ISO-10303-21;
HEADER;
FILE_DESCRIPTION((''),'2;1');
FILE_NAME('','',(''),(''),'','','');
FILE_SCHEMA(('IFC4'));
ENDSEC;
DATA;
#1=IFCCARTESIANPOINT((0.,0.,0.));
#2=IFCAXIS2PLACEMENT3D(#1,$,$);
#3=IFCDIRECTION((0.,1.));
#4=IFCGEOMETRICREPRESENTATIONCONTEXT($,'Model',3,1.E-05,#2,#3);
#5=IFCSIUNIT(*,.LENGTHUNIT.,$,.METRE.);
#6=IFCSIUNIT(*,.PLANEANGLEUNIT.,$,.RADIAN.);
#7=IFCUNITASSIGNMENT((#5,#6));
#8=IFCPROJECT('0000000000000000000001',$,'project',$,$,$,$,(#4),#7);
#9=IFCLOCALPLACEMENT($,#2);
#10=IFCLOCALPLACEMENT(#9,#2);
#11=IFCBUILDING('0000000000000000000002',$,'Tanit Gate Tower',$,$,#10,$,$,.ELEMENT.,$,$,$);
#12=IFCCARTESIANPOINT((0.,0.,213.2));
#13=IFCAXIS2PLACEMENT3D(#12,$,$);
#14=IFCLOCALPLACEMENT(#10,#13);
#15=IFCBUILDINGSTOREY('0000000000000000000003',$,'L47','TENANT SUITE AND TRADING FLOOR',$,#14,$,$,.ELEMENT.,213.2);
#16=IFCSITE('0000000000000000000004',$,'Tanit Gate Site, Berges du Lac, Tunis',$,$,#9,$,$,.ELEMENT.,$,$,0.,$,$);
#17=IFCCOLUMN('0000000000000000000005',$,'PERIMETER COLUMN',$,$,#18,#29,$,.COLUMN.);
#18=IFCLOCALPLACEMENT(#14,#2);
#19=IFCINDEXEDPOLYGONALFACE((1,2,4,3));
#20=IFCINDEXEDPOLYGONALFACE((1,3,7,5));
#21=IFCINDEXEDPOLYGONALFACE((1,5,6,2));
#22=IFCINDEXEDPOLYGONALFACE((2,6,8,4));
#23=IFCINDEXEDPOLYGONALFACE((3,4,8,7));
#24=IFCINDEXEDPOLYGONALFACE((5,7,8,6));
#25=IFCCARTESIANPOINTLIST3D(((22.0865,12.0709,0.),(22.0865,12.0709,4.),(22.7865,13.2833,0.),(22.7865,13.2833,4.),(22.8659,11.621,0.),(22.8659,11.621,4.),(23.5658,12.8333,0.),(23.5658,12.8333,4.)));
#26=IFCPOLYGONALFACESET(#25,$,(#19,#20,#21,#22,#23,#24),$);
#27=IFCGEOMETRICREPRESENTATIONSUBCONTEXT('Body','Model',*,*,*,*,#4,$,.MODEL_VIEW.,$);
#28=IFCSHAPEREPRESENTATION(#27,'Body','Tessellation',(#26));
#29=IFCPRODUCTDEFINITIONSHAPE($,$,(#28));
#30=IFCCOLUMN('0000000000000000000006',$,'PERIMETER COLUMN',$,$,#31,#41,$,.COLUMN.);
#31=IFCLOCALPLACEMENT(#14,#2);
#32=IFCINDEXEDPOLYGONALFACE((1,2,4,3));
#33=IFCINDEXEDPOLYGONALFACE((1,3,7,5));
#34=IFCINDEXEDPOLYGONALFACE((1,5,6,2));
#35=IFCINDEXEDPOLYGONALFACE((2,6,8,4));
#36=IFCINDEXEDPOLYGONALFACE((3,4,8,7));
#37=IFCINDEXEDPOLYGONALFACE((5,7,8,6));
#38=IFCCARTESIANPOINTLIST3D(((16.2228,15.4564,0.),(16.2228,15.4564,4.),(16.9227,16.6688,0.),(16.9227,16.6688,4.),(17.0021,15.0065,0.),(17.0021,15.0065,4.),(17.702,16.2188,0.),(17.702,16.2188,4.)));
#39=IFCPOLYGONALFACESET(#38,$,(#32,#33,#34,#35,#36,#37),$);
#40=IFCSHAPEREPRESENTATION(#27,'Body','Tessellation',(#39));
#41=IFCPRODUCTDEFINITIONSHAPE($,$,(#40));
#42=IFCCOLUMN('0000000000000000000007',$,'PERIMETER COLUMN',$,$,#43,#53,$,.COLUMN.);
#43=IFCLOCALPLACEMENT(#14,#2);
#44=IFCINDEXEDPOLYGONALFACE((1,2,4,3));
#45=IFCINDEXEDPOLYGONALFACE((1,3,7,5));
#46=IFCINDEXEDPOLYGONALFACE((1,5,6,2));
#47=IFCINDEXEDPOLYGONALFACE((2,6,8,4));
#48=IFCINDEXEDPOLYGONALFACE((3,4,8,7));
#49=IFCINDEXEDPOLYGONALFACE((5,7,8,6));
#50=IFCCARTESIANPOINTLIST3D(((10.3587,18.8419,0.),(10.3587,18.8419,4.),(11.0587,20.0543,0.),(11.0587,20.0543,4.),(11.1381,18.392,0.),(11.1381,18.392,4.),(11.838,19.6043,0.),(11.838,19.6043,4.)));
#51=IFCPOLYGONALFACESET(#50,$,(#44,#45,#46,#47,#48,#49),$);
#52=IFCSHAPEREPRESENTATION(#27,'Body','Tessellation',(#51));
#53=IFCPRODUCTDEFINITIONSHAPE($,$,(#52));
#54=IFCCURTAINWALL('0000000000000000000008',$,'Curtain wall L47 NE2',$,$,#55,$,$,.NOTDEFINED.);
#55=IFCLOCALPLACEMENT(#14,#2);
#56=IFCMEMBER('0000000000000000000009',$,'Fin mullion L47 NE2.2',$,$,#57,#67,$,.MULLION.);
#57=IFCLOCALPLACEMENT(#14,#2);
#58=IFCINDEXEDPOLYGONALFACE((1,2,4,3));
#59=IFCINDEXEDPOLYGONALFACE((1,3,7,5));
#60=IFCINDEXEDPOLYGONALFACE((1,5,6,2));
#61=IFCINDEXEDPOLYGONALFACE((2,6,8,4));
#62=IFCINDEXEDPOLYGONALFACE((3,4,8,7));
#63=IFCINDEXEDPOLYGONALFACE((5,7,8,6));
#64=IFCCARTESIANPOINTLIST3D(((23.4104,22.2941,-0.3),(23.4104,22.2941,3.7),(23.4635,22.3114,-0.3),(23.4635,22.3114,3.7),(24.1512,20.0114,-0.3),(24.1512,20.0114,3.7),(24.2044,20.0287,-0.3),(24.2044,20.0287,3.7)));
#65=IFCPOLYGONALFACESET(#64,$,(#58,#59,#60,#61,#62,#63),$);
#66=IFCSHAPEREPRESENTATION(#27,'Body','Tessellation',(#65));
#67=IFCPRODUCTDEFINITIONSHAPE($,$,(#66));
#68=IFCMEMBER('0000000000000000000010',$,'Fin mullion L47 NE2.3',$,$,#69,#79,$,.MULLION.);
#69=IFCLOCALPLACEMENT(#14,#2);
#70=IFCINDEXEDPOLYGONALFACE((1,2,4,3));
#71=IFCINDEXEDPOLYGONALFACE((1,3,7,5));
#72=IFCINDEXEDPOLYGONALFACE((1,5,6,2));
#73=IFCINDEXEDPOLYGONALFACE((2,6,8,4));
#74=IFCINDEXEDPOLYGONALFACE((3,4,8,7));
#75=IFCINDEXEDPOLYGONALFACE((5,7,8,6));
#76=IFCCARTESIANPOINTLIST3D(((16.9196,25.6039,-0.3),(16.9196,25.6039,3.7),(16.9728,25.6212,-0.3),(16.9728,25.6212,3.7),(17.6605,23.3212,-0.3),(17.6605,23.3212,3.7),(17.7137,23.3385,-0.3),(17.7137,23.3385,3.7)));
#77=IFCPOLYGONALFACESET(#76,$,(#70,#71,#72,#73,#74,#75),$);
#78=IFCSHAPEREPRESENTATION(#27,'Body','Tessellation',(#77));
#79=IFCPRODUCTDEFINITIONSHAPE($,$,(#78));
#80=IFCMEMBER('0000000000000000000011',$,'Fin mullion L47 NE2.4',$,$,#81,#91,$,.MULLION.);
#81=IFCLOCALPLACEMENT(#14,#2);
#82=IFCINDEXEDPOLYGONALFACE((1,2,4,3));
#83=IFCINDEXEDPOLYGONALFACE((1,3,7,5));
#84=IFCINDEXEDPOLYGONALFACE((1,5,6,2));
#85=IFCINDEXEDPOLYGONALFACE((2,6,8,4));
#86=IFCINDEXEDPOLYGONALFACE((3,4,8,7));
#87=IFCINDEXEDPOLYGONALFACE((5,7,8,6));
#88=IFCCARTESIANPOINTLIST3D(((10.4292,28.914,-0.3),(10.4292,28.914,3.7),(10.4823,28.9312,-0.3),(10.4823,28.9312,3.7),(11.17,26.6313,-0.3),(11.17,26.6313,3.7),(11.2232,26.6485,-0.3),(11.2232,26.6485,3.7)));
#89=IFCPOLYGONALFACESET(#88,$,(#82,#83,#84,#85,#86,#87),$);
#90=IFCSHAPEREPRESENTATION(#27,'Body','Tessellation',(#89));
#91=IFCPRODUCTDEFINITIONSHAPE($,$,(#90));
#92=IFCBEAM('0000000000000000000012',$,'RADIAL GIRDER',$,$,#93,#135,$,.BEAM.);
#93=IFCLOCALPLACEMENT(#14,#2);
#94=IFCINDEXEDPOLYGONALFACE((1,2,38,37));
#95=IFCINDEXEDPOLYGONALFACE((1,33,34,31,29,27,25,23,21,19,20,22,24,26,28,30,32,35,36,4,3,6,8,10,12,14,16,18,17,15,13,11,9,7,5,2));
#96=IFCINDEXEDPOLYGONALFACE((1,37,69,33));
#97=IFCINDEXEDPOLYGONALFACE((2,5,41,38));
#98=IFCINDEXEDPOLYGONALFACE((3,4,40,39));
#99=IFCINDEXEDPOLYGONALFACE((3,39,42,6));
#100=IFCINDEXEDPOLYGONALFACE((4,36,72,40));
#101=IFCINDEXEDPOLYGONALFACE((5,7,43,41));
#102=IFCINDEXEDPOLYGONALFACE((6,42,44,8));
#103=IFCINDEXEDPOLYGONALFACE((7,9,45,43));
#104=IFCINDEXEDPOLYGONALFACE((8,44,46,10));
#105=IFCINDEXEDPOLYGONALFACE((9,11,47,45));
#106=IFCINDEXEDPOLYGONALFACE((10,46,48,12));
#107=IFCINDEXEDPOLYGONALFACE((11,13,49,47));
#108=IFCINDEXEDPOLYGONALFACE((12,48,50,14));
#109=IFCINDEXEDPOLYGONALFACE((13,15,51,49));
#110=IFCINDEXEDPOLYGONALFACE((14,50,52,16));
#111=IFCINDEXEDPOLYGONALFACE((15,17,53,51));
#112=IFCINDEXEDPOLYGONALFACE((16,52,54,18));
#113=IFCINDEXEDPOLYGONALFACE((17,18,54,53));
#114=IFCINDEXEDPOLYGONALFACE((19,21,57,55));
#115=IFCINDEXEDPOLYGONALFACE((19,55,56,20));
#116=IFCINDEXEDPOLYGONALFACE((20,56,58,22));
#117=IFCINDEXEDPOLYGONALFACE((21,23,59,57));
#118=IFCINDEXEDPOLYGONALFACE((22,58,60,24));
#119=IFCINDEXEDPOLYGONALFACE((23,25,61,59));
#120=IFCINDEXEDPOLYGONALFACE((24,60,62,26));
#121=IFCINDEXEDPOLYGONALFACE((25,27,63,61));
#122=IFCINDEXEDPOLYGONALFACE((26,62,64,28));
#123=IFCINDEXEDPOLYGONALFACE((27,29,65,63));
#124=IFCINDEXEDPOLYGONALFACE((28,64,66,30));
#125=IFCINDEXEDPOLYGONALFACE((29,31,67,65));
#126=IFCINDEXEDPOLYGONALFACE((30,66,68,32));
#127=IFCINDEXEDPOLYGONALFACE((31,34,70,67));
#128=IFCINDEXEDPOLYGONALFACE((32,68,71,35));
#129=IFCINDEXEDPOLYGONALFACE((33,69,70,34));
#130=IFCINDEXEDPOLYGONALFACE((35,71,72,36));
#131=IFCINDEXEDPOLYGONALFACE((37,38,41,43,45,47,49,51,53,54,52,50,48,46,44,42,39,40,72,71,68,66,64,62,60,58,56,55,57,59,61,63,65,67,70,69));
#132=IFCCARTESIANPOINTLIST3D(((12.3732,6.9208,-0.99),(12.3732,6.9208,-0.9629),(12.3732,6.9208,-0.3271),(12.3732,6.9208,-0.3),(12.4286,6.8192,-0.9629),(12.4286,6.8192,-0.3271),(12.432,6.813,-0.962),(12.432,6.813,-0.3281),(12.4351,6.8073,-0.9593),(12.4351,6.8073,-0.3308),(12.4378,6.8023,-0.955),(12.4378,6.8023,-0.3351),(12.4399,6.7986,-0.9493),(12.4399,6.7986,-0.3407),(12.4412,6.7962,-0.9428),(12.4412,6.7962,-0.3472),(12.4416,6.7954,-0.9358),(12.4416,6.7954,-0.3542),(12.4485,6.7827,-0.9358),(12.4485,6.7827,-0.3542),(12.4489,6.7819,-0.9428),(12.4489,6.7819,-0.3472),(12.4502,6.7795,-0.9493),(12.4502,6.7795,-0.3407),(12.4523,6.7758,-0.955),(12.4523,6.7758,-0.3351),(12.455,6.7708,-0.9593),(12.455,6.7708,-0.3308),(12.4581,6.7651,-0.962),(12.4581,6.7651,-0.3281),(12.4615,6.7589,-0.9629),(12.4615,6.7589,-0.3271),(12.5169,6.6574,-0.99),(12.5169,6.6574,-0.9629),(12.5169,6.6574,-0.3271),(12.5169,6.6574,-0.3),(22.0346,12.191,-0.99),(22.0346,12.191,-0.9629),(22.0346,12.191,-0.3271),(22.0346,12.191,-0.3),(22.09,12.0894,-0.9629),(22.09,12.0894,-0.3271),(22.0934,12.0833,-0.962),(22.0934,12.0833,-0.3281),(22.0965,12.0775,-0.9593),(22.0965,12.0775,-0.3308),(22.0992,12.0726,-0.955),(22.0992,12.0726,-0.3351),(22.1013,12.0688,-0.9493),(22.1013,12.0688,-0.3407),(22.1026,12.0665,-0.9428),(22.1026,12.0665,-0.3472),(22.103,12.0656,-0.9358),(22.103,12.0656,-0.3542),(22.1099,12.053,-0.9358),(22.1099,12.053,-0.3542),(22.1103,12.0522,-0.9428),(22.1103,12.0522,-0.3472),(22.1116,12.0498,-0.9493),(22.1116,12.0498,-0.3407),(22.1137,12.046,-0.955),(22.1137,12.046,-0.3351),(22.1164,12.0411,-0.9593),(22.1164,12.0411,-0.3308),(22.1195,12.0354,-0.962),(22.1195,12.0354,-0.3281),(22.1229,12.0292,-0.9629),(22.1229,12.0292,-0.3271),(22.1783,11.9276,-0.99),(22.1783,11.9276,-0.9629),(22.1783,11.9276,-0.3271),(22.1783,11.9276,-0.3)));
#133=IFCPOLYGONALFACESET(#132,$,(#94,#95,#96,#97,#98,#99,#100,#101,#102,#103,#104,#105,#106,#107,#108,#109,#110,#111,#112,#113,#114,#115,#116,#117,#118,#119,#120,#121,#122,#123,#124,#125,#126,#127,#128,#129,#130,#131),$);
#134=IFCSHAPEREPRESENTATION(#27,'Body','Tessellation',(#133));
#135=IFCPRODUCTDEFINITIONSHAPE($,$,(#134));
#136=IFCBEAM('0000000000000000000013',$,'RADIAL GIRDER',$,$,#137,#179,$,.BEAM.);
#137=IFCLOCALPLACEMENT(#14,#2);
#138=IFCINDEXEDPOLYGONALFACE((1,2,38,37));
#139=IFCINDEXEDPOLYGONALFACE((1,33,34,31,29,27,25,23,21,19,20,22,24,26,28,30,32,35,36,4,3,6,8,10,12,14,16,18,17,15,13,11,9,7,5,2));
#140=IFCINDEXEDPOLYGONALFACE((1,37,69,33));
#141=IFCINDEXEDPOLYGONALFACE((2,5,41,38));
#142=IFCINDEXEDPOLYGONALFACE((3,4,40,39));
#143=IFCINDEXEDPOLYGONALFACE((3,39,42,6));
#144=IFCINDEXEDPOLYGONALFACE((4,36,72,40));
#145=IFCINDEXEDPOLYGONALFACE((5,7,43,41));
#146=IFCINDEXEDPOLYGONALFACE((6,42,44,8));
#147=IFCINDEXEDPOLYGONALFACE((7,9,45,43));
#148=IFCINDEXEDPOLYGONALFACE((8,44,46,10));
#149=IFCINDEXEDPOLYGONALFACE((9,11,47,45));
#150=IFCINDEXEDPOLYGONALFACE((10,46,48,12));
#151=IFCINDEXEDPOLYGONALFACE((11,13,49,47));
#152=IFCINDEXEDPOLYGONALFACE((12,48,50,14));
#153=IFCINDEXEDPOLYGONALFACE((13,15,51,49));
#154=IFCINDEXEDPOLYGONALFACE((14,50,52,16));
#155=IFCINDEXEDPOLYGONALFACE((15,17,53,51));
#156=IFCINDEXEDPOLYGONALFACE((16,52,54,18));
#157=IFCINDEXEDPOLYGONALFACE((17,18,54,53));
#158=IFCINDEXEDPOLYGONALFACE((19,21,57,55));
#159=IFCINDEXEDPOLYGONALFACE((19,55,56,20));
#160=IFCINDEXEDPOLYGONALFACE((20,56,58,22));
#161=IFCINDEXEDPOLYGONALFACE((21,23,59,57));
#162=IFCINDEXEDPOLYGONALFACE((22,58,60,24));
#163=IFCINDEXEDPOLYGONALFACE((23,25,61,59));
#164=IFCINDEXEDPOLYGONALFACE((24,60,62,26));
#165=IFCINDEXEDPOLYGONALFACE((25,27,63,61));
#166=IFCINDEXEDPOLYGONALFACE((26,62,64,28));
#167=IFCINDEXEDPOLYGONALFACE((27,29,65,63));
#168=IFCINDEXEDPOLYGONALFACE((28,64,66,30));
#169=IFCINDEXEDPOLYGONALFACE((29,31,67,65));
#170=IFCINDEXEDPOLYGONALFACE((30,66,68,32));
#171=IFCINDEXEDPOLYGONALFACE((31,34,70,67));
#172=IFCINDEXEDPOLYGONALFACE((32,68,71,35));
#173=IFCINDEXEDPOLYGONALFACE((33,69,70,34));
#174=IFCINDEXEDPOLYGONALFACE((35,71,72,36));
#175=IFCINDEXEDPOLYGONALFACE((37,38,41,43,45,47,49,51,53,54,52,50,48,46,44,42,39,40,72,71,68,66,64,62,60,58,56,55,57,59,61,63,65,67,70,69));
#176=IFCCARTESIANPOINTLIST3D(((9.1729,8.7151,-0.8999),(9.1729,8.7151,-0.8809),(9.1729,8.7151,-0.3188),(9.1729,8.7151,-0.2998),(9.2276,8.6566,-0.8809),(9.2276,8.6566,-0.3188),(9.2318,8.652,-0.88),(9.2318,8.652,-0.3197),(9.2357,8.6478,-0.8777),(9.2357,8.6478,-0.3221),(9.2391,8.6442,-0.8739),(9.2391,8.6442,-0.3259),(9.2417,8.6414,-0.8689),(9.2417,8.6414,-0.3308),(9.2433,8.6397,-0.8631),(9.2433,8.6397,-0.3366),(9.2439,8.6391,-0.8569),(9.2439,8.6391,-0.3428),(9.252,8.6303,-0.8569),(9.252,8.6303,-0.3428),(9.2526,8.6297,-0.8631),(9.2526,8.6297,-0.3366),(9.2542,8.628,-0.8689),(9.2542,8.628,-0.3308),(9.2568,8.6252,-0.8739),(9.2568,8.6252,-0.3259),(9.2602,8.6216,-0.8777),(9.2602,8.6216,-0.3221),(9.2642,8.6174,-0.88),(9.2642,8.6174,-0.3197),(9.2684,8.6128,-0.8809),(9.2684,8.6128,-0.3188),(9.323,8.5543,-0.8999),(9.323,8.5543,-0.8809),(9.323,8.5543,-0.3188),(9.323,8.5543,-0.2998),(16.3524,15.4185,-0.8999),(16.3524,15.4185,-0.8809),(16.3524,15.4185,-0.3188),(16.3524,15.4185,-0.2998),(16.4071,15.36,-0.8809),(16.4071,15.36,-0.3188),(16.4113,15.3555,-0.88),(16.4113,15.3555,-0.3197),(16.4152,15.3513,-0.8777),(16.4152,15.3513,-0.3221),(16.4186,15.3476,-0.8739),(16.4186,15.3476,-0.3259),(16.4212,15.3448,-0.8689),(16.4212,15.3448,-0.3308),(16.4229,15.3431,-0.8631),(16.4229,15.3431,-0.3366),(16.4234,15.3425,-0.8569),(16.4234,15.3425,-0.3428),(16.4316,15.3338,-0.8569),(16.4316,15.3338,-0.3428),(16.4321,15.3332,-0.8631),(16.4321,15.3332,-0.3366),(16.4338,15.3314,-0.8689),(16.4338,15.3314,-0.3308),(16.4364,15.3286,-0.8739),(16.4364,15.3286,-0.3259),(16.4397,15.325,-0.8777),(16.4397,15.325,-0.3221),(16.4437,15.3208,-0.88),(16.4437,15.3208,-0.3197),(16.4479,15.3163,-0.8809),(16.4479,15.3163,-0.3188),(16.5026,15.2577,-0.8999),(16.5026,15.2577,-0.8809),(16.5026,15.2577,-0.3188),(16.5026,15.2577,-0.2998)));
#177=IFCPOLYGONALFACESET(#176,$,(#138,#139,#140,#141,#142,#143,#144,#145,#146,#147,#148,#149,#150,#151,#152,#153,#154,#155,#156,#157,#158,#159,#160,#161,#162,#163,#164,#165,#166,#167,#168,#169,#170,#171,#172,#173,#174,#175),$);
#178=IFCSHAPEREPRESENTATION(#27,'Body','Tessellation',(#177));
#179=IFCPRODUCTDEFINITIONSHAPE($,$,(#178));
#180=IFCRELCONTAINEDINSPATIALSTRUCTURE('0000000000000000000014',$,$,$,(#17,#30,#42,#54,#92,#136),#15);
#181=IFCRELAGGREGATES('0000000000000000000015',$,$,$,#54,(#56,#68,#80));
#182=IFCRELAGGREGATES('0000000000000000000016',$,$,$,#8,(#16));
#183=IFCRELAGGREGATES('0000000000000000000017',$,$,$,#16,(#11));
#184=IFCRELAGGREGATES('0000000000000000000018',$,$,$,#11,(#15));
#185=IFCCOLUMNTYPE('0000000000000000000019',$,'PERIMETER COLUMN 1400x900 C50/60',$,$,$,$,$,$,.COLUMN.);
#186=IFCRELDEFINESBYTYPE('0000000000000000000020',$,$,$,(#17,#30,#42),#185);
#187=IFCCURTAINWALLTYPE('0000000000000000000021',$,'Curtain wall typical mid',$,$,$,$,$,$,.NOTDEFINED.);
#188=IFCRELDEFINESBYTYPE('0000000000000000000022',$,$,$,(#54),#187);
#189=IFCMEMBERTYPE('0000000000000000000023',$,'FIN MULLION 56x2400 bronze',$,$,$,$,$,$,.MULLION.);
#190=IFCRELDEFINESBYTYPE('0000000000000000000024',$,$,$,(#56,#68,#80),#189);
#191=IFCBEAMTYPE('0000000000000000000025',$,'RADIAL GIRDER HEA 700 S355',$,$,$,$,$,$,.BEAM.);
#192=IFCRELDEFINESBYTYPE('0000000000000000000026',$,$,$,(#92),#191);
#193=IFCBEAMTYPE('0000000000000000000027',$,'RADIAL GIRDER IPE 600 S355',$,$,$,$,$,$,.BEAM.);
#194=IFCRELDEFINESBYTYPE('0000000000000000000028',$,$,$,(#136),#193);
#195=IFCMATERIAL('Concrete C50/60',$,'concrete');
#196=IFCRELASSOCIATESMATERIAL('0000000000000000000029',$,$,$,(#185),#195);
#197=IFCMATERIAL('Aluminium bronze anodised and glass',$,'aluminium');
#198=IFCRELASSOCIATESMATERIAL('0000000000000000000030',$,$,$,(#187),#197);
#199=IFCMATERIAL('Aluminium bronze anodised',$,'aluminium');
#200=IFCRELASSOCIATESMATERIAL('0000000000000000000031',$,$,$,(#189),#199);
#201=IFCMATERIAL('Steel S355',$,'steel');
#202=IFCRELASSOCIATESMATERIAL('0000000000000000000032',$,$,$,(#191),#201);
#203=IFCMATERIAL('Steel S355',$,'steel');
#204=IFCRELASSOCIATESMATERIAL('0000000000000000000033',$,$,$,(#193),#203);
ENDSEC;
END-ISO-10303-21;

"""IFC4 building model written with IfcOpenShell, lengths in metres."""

from ifc_helpers import new_model, si_unit, direction, frame, origin, origin_2d, place, context, subcontext, project, spatial, rectangle, i_section, extrude, material, material_profile, profile_set, type_object, element, aggregate, save


model = new_model("IFC4")

# Units and contexts
model_context = context("Model", 3, precision=1e-05, world=origin(), true_north=direction((0.0, 1.0)))
body_context = subcontext(model_context, "Body", "Model", "MODEL_VIEW")
ifc_project = project(units=[si_unit("LENGTHUNIT", "METRE"), si_unit("PLANEANGLEUNIT", "RADIAN")], contexts=[model_context])

# Site, building, storey
site_placement = place(None, origin())
site = spatial("IfcSite", under=ifc_project, at=site_placement, Name="Tanit Gate Site, Berges du Lac, Tunis", CompositionType="ELEMENT", RefElevation=0.0)
building_placement = place(site_placement, origin())
building = spatial("IfcBuilding", under=site, at=building_placement, Name="Tanit Gate Tower", CompositionType="ELEMENT")
storey_placement = place(building_placement, frame((0.0, 0.0, 213.2)))
storey = spatial("IfcBuildingStorey", under=building, at=storey_placement, Name="L47", Description="TENANT SUITE AND TRADING FLOOR", CompositionType="ELEMENT", Elevation=213.2)

# Columns
ifc_material_1 = material(Name="Concrete C50/60", Category="concrete")
ifc_material_profile_1 = material_profile(ifc_material_1, rectangle(XDim=1.3999, YDim=0.8999, at=origin_2d()), Name="RC 1400x900")
ifc_profile_set_1 = profile_set([ifc_material_profile_1], Name="Concrete C50/60")
column_type = type_object("IfcColumnType", Name="PERIMETER COLUMN 1400x900 C50/60", PredefinedType="COLUMN", material=ifc_profile_set_1)
for number, where, z_axis, x_axis, name in (
    (1, (22.8262, 12.4521, 0.0), (0.0, 0.0, 1.0), (0.5, 0.866025, 0.0), "PERIMETER COLUMN"),
    (2, (16.9624, 15.8376, 0.0), (0.0, 0.0, 1.0), (0.5, 0.866025, 0.0), "PERIMETER COLUMN"),
    (3, (11.0984, 19.2231, 0.0), (0.0, 0.0, 1.0), (0.5, 0.866025, 0.0), "PERIMETER COLUMN"),
):
    element("IfcColumn", number, at=place(storey_placement, frame(where, z_axis=z_axis, x_axis=x_axis)), inside=storey, type_object=column_type, Name=name, PredefinedType="COLUMN", context=body_context, shape_type="SweptSolid", body=[
        extrude(rectangle(XDim=1.3999, YDim=0.8999, at=origin_2d()), origin(), (0.0, 0.0, 1.0), 4.0),
    ])

# Curtain wall, members
ifc_material_2 = material(Name="Aluminium bronze anodised and glass", Category="aluminium")
curtain_wall_type = type_object("IfcCurtainWallType", Name="Curtain wall typical mid", PredefinedType="NOTDEFINED", material=ifc_material_2)
curtain_wall_placement = place(storey_placement, origin())
curtain_wall = element("IfcCurtainWall", 4, at=curtain_wall_placement, inside=storey, type_object=curtain_wall_type, Name="Curtain wall L47 NE2", PredefinedType="NOTDEFINED")
ifc_material_3 = material(Name="Aluminium bronze anodised", Category="aluminium")
ifc_material_profile_2 = material_profile(ifc_material_3, rectangle(XDim=2.3999, YDim=0.0559, at=origin_2d()), Name="56x2400 bronze fin mullion")
ifc_profile_set_2 = profile_set([ifc_material_profile_2], Name="Aluminium bronze anodised")
member_type_1 = type_object("IfcMemberType", Name="FIN MULLION 56x2400 bronze", PredefinedType="MULLION", material=ifc_profile_set_2)
member_1_placement = place(storey_placement, frame((23.8074, 21.1614, -0.3), z_axis=(0.0, 0.0, 1.0), x_axis=(0.3087, -0.95116, 0.0)))
member_1 = element("IfcMember", 5, at=member_1_placement, type_object=member_type_1, Name="Fin mullion L47 NE2.2", PredefinedType="MULLION", context=body_context, shape_type="SweptSolid", body=[
    extrude(rectangle(XDim=2.3999, YDim=0.0559, at=origin_2d()), origin(), (0.0, 0.0, 1.0), 4.0),
])
member_2_placement = place(storey_placement, frame((17.3167, 24.4712, -0.3), z_axis=(0.0, 0.0, 1.0), x_axis=(0.3087, -0.95116, 0.0)))
member_2 = element("IfcMember", 6, at=member_2_placement, type_object=member_type_1, Name="Fin mullion L47 NE2.3", PredefinedType="MULLION", context=body_context, shape_type="SweptSolid", body=[
    extrude(rectangle(XDim=2.3999, YDim=0.0559, at=origin_2d()), origin(), (0.0, 0.0, 1.0), 4.0),
])
member_3_placement = place(storey_placement, frame((10.8262, 27.7812, -0.3), z_axis=(0.0, 0.0, 1.0), x_axis=(0.3087, -0.95116, 0.0)))
member_3 = element("IfcMember", 7, at=member_3_placement, type_object=member_type_1, Name="Fin mullion L47 NE2.4", PredefinedType="MULLION", context=body_context, shape_type="SweptSolid", body=[
    extrude(rectangle(XDim=2.3999, YDim=0.0559, at=origin_2d()), origin(), (0.0, 0.0, 1.0), 4.0),
])

# Beams
ifc_material_4 = material(Name="Steel S355", Category="steel")
ifc_material_profile_3 = material_profile(ifc_material_4, i_section(OverallWidth=0.3, OverallDepth=0.6899, WebThickness=0.0144, FlangeThickness=0.0271, FilletRadius=0.0271, at=origin_2d()), Name="HEA 700")
ifc_profile_set_3 = profile_set([ifc_material_profile_3], Name="Steel S355")
beam_type_1 = type_object("IfcBeamType", Name="RADIAL GIRDER HEA 700 S355", PredefinedType="BEAM", material=ifc_profile_set_3)
beam_1_placement = place(storey_placement, frame((22.1064, 12.0593, -0.645), z_axis=(-0.877879, -0.478882, 0.0), x_axis=(0.478882, -0.877879, 0.0)))
element("IfcBeam", 8, at=beam_1_placement, inside=storey, type_object=beam_type_1, Name="RADIAL GIRDER", PredefinedType="BEAM", context=body_context, shape_type="SweptSolid", body=[
    extrude(i_section(OverallWidth=0.3, OverallDepth=0.6899, WebThickness=0.0144, FlangeThickness=0.0271, FilletRadius=0.0271, at=origin_2d()), origin(), (0.0, 0.0, 1.0), 11.0054),
])
ifc_material_5 = material(Name="Steel S355", Category="steel")
ifc_material_profile_4 = material_profile(ifc_material_5, i_section(OverallWidth=0.22, OverallDepth=0.6001, WebThickness=0.012, FlangeThickness=0.019, FilletRadius=0.0239, at=origin_2d()), Name="IPE 600")
ifc_profile_set_4 = profile_set([ifc_material_profile_4], Name="Steel S355")
beam_type_2 = type_object("IfcBeamType", Name="RADIAL GIRDER IPE 600 S355", PredefinedType="BEAM", material=ifc_profile_set_4)
beam_2_placement = place(storey_placement, frame((16.4275, 15.3381, -0.5999), z_axis=(-0.730925, -0.682457, 0.0), x_axis=(0.682457, -0.730925, 0.0)))
element("IfcBeam", 9, at=beam_2_placement, inside=storey, type_object=beam_type_2, Name="RADIAL GIRDER", PredefinedType="BEAM", context=body_context, shape_type="SweptSolid", body=[
    extrude(i_section(OverallWidth=0.22, OverallDepth=0.6001, WebThickness=0.012, FlangeThickness=0.019, FilletRadius=0.0239, at=origin_2d()), origin(), (0.0, 0.0, 1.0), 9.8225),
])

aggregate(curtain_wall, [member_1, member_2, member_3])

save(model, "model.ifc")
